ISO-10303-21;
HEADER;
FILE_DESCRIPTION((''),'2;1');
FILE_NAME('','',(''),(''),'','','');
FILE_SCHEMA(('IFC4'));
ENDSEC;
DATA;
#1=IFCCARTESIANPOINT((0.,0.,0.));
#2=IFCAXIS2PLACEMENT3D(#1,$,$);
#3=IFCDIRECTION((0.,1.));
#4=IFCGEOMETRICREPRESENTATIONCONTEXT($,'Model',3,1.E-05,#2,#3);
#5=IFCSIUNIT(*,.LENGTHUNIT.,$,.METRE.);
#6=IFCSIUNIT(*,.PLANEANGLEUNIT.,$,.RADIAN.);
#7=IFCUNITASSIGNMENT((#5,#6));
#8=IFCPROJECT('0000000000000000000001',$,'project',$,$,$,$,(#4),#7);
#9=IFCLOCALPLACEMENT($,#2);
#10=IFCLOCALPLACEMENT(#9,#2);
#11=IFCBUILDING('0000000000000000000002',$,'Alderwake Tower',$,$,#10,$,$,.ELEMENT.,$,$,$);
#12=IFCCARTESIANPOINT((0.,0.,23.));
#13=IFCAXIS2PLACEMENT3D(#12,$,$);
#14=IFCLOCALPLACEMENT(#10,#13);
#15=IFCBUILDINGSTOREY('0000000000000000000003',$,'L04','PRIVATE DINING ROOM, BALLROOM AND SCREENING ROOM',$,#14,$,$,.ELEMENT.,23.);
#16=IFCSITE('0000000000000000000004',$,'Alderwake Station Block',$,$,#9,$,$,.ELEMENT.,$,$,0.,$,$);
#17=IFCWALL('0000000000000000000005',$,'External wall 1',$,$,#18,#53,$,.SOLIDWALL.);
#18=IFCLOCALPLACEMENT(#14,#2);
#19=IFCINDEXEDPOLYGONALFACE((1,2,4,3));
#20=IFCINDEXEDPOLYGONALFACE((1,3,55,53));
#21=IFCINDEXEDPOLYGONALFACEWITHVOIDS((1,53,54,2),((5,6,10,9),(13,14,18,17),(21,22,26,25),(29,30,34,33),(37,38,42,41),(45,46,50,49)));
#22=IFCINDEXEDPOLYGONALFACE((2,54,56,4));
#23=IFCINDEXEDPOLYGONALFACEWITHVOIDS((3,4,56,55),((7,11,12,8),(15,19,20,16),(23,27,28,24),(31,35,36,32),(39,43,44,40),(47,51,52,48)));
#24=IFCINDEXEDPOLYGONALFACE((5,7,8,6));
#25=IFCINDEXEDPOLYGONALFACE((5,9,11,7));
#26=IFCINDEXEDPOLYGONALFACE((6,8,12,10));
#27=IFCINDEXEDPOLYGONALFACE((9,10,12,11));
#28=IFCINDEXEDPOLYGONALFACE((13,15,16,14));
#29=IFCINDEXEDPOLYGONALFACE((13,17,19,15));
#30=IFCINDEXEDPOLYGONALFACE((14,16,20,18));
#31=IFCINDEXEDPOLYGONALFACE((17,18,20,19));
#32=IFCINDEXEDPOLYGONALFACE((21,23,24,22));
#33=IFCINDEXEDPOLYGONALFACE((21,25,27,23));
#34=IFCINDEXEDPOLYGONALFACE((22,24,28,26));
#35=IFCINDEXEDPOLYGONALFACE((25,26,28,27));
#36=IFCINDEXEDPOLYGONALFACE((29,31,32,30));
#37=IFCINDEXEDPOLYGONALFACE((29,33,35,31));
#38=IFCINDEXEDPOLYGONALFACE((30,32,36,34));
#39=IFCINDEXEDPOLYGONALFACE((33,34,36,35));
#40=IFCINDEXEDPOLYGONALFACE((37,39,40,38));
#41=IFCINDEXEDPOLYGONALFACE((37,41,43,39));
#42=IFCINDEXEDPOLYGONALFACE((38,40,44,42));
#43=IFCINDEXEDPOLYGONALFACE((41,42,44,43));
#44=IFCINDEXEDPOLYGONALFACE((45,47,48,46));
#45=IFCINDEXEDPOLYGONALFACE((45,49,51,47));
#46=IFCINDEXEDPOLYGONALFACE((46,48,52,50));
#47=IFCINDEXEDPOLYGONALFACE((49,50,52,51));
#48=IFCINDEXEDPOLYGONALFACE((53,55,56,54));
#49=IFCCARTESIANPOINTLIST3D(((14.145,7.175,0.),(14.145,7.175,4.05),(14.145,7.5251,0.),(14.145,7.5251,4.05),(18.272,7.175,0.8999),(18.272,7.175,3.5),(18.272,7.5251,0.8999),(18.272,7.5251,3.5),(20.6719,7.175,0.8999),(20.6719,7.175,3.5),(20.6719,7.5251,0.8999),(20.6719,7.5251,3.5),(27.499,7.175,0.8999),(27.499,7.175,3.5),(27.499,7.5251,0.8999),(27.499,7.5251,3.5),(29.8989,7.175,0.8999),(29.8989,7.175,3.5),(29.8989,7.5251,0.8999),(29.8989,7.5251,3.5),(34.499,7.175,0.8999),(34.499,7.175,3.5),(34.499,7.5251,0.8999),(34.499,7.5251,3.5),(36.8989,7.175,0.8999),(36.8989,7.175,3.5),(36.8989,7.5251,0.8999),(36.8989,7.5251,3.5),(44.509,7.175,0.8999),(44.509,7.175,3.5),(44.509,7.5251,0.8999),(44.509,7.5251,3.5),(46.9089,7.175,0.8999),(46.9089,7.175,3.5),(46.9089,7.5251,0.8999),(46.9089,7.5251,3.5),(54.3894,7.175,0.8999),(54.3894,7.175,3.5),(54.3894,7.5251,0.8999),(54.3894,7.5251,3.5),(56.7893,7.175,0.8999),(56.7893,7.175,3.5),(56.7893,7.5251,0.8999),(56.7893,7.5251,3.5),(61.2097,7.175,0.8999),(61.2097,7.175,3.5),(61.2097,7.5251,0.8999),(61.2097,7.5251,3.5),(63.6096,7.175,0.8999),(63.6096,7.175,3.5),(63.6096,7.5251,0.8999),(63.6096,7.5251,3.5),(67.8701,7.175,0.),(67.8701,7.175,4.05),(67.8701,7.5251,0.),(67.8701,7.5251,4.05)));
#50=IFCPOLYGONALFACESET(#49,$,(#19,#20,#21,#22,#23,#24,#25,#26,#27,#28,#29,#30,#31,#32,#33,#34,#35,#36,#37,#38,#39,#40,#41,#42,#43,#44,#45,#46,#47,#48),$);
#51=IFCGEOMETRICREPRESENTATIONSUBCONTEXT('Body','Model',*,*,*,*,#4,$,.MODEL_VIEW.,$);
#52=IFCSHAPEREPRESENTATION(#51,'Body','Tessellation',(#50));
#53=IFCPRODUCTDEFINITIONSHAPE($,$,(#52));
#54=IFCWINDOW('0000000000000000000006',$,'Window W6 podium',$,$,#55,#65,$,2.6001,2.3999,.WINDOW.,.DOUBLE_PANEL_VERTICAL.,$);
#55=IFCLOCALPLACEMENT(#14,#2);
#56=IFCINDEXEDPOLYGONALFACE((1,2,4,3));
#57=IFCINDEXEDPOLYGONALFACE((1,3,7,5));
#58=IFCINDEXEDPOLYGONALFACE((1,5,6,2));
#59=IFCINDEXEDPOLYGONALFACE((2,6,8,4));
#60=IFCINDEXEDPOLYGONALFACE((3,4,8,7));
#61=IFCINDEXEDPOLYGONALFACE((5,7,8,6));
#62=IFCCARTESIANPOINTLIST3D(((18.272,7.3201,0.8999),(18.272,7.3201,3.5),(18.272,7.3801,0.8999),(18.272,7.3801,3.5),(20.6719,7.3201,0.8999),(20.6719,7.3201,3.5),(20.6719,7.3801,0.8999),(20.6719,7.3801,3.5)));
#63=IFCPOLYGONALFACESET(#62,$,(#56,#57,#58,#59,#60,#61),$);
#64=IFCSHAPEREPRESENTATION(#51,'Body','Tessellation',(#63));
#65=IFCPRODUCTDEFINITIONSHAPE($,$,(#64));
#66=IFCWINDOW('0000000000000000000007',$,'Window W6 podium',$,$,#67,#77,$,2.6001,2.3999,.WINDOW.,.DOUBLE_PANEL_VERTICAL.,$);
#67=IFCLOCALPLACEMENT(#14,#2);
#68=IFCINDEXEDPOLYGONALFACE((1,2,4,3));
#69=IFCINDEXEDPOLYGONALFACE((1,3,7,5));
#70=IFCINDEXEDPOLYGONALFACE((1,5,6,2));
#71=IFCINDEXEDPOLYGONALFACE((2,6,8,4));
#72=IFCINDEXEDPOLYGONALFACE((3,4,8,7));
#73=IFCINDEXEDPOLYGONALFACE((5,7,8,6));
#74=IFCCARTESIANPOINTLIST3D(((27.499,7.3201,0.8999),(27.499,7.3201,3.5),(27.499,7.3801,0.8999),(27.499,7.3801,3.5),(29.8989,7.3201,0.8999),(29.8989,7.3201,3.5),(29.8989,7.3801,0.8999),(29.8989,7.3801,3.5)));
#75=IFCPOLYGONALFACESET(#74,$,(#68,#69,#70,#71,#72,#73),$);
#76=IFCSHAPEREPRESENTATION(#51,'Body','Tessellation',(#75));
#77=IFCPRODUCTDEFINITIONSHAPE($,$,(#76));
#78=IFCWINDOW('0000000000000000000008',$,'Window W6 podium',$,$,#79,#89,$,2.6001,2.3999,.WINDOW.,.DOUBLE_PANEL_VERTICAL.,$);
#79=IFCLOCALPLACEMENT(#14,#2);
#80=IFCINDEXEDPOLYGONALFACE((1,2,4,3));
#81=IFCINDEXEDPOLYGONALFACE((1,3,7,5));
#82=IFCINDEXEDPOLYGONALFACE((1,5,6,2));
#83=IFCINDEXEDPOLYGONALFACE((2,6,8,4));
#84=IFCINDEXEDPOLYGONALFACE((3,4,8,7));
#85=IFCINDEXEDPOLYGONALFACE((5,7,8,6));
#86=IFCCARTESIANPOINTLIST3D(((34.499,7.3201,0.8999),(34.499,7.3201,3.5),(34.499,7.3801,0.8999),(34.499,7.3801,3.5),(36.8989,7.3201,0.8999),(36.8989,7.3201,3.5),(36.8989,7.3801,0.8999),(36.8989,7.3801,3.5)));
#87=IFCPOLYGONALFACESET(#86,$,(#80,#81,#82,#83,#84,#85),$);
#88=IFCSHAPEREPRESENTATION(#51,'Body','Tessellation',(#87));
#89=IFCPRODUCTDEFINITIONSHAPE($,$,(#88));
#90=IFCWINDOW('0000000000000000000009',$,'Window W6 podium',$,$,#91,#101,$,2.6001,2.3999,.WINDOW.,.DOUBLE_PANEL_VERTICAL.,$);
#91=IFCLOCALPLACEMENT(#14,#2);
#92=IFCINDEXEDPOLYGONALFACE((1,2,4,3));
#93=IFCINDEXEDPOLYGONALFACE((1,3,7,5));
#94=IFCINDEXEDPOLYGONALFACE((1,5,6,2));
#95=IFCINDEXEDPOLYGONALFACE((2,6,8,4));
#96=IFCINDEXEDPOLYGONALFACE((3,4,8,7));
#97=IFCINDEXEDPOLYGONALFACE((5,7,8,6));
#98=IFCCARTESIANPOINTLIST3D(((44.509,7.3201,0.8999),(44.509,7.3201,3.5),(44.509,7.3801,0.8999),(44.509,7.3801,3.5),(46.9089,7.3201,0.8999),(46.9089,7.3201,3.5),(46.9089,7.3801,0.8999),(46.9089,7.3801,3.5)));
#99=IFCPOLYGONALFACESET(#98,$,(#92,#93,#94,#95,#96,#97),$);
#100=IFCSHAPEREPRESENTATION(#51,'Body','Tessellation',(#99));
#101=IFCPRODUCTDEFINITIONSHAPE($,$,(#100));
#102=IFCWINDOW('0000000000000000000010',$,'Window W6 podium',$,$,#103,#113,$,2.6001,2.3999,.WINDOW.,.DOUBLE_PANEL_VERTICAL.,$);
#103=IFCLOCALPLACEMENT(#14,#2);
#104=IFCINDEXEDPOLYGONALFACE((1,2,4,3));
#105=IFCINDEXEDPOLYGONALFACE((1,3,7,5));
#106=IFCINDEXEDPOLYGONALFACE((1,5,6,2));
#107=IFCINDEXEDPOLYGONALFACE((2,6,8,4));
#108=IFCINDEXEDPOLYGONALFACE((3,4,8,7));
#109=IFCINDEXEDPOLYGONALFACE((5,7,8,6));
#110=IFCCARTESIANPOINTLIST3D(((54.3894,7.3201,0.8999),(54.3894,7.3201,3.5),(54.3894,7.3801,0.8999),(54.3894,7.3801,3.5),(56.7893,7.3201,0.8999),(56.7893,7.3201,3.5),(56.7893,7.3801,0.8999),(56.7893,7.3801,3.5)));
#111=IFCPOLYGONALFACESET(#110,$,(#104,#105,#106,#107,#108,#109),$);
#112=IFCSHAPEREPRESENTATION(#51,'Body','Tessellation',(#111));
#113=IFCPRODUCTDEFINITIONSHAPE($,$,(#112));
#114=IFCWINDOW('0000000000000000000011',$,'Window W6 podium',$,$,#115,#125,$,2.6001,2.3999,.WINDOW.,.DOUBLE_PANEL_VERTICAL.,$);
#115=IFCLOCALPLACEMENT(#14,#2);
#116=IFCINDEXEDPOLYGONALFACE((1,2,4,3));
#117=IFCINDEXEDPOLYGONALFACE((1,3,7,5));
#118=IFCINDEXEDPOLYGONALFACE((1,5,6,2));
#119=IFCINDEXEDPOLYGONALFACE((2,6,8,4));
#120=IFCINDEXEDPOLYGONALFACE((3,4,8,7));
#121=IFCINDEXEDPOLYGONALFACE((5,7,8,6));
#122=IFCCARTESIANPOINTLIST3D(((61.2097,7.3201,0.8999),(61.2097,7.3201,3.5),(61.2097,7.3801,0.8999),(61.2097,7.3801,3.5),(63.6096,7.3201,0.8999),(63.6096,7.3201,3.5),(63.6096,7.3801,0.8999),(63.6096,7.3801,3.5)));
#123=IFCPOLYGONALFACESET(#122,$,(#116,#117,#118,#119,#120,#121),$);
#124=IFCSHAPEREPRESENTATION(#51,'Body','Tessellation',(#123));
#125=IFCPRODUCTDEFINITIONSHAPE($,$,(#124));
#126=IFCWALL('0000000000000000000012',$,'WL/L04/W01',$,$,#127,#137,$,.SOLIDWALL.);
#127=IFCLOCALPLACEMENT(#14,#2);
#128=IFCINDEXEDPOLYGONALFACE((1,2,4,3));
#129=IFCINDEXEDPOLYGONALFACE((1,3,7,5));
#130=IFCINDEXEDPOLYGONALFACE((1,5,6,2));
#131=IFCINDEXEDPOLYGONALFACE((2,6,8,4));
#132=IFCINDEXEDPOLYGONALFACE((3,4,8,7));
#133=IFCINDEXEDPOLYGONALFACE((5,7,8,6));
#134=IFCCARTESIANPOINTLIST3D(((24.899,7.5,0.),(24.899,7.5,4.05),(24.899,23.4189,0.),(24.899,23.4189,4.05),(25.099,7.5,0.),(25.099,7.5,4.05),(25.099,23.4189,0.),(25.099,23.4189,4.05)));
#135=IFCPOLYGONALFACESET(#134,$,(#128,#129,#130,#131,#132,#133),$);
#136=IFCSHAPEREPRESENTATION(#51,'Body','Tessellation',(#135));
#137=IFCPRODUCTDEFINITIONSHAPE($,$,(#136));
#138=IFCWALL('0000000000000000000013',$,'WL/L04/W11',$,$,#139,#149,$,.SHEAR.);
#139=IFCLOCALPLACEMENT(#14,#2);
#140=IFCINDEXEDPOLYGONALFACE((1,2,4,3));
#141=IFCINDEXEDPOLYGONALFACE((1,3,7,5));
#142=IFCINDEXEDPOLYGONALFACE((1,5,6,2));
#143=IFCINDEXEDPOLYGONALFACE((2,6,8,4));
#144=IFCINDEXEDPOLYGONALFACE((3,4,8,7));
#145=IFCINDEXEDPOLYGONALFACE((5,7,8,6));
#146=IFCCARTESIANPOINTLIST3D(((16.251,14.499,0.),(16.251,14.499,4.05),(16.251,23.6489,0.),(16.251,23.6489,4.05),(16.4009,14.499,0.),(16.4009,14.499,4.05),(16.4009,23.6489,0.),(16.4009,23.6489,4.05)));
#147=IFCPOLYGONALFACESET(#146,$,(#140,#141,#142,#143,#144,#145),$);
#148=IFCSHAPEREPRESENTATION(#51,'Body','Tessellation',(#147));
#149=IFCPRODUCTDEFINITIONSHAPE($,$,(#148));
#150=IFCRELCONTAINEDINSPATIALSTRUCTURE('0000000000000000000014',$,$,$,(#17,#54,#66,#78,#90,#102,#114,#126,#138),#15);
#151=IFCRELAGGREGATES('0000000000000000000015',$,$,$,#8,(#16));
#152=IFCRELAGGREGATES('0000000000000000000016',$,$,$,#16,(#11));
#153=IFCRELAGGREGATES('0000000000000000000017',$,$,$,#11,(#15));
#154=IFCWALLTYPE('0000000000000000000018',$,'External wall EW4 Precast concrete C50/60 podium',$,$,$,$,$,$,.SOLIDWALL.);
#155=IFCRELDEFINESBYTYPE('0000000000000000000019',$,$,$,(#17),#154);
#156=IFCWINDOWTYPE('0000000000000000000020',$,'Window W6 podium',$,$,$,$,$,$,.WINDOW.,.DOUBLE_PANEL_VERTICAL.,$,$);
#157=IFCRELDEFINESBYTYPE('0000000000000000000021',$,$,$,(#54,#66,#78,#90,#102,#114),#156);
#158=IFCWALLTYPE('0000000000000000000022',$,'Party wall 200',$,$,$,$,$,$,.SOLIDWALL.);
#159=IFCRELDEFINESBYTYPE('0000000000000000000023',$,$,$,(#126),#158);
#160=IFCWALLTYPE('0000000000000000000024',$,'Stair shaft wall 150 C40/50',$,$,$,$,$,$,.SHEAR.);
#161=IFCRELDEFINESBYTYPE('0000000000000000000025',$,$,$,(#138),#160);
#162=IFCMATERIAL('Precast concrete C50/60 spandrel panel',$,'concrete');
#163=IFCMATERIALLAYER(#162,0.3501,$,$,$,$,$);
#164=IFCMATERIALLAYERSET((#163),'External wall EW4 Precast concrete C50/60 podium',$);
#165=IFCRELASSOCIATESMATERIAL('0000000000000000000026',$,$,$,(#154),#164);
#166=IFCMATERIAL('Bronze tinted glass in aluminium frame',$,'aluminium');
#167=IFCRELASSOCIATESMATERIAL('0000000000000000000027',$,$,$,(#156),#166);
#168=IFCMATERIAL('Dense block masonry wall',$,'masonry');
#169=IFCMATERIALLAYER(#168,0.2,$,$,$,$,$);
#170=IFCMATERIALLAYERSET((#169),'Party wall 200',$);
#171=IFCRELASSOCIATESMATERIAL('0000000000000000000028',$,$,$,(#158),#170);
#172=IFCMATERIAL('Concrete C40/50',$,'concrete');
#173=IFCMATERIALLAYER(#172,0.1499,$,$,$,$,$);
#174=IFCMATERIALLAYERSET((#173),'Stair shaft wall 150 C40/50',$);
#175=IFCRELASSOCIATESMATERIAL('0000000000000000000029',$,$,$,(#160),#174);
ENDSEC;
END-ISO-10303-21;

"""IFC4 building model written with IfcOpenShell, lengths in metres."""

from ifc_helpers import new_model, si_unit, direction, frame, frame_2d, origin, place, context, subcontext, project, spatial, rectangle, extrude, material, layer, layer_set, type_object, element, fill, save


model = new_model("IFC4")

# Units and contexts
model_context = context("Model", 3, precision=1e-05, world=origin(), true_north=direction((0.0, 1.0)))
body_context = subcontext(model_context, "Body", "Model", "MODEL_VIEW")
ifc_project = project(units=[si_unit("LENGTHUNIT", "METRE"), si_unit("PLANEANGLEUNIT", "RADIAN")], contexts=[model_context])

# Site, building, storey
site_placement = place(None, origin())
site = spatial("IfcSite", under=ifc_project, at=site_placement, Name="Alderwake Station Block", CompositionType="ELEMENT", RefElevation=0.0)
building_placement = place(site_placement, origin())
building = spatial("IfcBuilding", under=site, at=building_placement, Name="Alderwake Tower", CompositionType="ELEMENT")
storey_placement = place(building_placement, frame((0.0, 0.0, 23.0)))
storey = spatial("IfcBuildingStorey", under=building, at=storey_placement, Name="L04", Description="PRIVATE DINING ROOM, BALLROOM AND SCREENING ROOM", CompositionType="ELEMENT", Elevation=23.0)

# Wall, openings, windows
ifc_material_1 = material(Name="Precast concrete C50/60 spandrel panel", Category="concrete")
ifc_layer_1 = layer(ifc_material_1, 0.3501)
ifc_layer_set_1 = layer_set([ifc_layer_1], Name="External wall EW4 Precast concrete C50/60 podium")
wall_type_1 = type_object("IfcWallType", Name="External wall EW4 Precast concrete C50/60 podium", PredefinedType="SOLIDWALL", material=ifc_layer_set_1)
wall_1_placement = place(storey_placement, frame((14.145, 7.3501, 0.0), z_axis=(0.0, 0.0, 1.0), x_axis=(1.0, 0.0, 0.0)))
wall_1 = element("IfcWall", 1, at=wall_1_placement, inside=storey, type_object=wall_type_1, Name="External wall 1", PredefinedType="SOLIDWALL", context=body_context, shape_type="SweptSolid", body=[
    extrude(rectangle(XDim=53.7251, YDim=0.3501, at=frame_2d((26.8625, 0.0))), origin(), (0.0, 0.0, 1.0), 4.05),
])
opening_1_placement = place(wall_1_placement, frame((4.127, 0.0, 0.8999)))
opening_1 = element("IfcOpeningElement", 2, at=opening_1_placement, cuts=wall_1, PredefinedType="OPENING", context=body_context, shape_type="SweptSolid", body=[
    extrude(rectangle(XDim=2.3999, YDim=2.6001, at=frame_2d((1.2, 1.3))), frame((0.0, 0.1851, 0.0), z_axis=(0.0, -1.0, 0.0), x_axis=(1.0, 0.0, 0.0)), (0.0, 0.0, 1.0), 0.3701),
])
opening_2_placement = place(wall_1_placement, frame((13.354, 0.0, 0.8999)))
opening_2 = element("IfcOpeningElement", 3, at=opening_2_placement, cuts=wall_1, PredefinedType="OPENING", context=body_context, shape_type="SweptSolid", body=[
    extrude(rectangle(XDim=2.3999, YDim=2.6001, at=frame_2d((1.2, 1.3))), frame((0.0, 0.1851, 0.0), z_axis=(0.0, -1.0, 0.0), x_axis=(1.0, 0.0, 0.0)), (0.0, 0.0, 1.0), 0.3701),
])
opening_3_placement = place(wall_1_placement, frame((20.354, 0.0, 0.8999)))
opening_3 = element("IfcOpeningElement", 4, at=opening_3_placement, cuts=wall_1, PredefinedType="OPENING", context=body_context, shape_type="SweptSolid", body=[
    extrude(rectangle(XDim=2.3999, YDim=2.6001, at=frame_2d((1.2, 1.3))), frame((0.0, 0.1851, 0.0), z_axis=(0.0, -1.0, 0.0), x_axis=(1.0, 0.0, 0.0)), (0.0, 0.0, 1.0), 0.3701),
])
opening_4_placement = place(wall_1_placement, frame((30.364, 0.0, 0.8999)))
opening_4 = element("IfcOpeningElement", 5, at=opening_4_placement, cuts=wall_1, PredefinedType="OPENING", context=body_context, shape_type="SweptSolid", body=[
    extrude(rectangle(XDim=2.3999, YDim=2.6001, at=frame_2d((1.2, 1.3))), frame((0.0, 0.1851, 0.0), z_axis=(0.0, -1.0, 0.0), x_axis=(1.0, 0.0, 0.0)), (0.0, 0.0, 1.0), 0.3701),
])
opening_5_placement = place(wall_1_placement, frame((40.2444, 0.0, 0.8999)))
opening_5 = element("IfcOpeningElement", 6, at=opening_5_placement, cuts=wall_1, PredefinedType="OPENING", context=body_context, shape_type="SweptSolid", body=[
    extrude(rectangle(XDim=2.3999, YDim=2.6001, at=frame_2d((1.2, 1.3))), frame((0.0, 0.1851, 0.0), z_axis=(0.0, -1.0, 0.0), x_axis=(1.0, 0.0, 0.0)), (0.0, 0.0, 1.0), 0.3701),
])
opening_6_placement = place(wall_1_placement, frame((47.0647, 0.0, 0.8999)))
opening_6 = element("IfcOpeningElement", 7, at=opening_6_placement, cuts=wall_1, PredefinedType="OPENING", context=body_context, shape_type="SweptSolid", body=[
    extrude(rectangle(XDim=2.3999, YDim=2.6001, at=frame_2d((1.2, 1.3))), frame((0.0, 0.1851, 0.0), z_axis=(0.0, -1.0, 0.0), x_axis=(1.0, 0.0, 0.0)), (0.0, 0.0, 1.0), 0.3701),
])
ifc_material_2 = material(Name="Bronze tinted glass in aluminium frame", Category="aluminium")
window_type = type_object("IfcWindowType", Name="Window W6 podium", PartitioningType="DOUBLE_PANEL_VERTICAL", PredefinedType="WINDOW", material=ifc_material_2)
window_1_placement = place(opening_1_placement, origin())
window_1 = element("IfcWindow", 8, at=window_1_placement, inside=storey, type_object=window_type, Name="Window W6 podium", OverallHeight=2.6001, OverallWidth=2.3999, PartitioningType="DOUBLE_PANEL_VERTICAL", PredefinedType="WINDOW", context=body_context, shape_type="SweptSolid", body=[
    extrude(rectangle(XDim=2.3999, YDim=2.6001, at=frame_2d((1.2, 1.3))), frame((0.0, 0.03, 0.0), z_axis=(0.0, -1.0, 0.0), x_axis=(1.0, 0.0, 0.0)), (0.0, 0.0, 1.0), 0.0601),
])
fill(opening_1, window_1)
window_2_placement = place(opening_2_placement, origin())
window_2 = element("IfcWindow", 9, at=window_2_placement, inside=storey, type_object=window_type, Name="Window W6 podium", OverallHeight=2.6001, OverallWidth=2.3999, PartitioningType="DOUBLE_PANEL_VERTICAL", PredefinedType="WINDOW", context=body_context, shape_type="SweptSolid", body=[
    extrude(rectangle(XDim=2.3999, YDim=2.6001, at=frame_2d((1.2, 1.3))), frame((0.0, 0.03, 0.0), z_axis=(0.0, -1.0, 0.0), x_axis=(1.0, 0.0, 0.0)), (0.0, 0.0, 1.0), 0.0601),
])
fill(opening_2, window_2)
window_3_placement = place(opening_3_placement, origin())
window_3 = element("IfcWindow", 10, at=window_3_placement, inside=storey, type_object=window_type, Name="Window W6 podium", OverallHeight=2.6001, OverallWidth=2.3999, PartitioningType="DOUBLE_PANEL_VERTICAL", PredefinedType="WINDOW", context=body_context, shape_type="SweptSolid", body=[
    extrude(rectangle(XDim=2.3999, YDim=2.6001, at=frame_2d((1.2, 1.3))), frame((0.0, 0.03, 0.0), z_axis=(0.0, -1.0, 0.0), x_axis=(1.0, 0.0, 0.0)), (0.0, 0.0, 1.0), 0.0601),
])
fill(opening_3, window_3)
window_4_placement = place(opening_4_placement, origin())
window_4 = element("IfcWindow", 11, at=window_4_placement, inside=storey, type_object=window_type, Name="Window W6 podium", OverallHeight=2.6001, OverallWidth=2.3999, PartitioningType="DOUBLE_PANEL_VERTICAL", PredefinedType="WINDOW", context=body_context, shape_type="SweptSolid", body=[
    extrude(rectangle(XDim=2.3999, YDim=2.6001, at=frame_2d((1.2, 1.3))), frame((0.0, 0.03, 0.0), z_axis=(0.0, -1.0, 0.0), x_axis=(1.0, 0.0, 0.0)), (0.0, 0.0, 1.0), 0.0601),
])
fill(opening_4, window_4)
window_5_placement = place(opening_5_placement, origin())
window_5 = element("IfcWindow", 12, at=window_5_placement, inside=storey, type_object=window_type, Name="Window W6 podium", OverallHeight=2.6001, OverallWidth=2.3999, PartitioningType="DOUBLE_PANEL_VERTICAL", PredefinedType="WINDOW", context=body_context, shape_type="SweptSolid", body=[
    extrude(rectangle(XDim=2.3999, YDim=2.6001, at=frame_2d((1.2, 1.3))), frame((0.0, 0.03, 0.0), z_axis=(0.0, -1.0, 0.0), x_axis=(1.0, 0.0, 0.0)), (0.0, 0.0, 1.0), 0.0601),
])
fill(opening_5, window_5)
window_6_placement = place(opening_6_placement, origin())
window_6 = element("IfcWindow", 13, at=window_6_placement, inside=storey, type_object=window_type, Name="Window W6 podium", OverallHeight=2.6001, OverallWidth=2.3999, PartitioningType="DOUBLE_PANEL_VERTICAL", PredefinedType="WINDOW", context=body_context, shape_type="SweptSolid", body=[
    extrude(rectangle(XDim=2.3999, YDim=2.6001, at=frame_2d((1.2, 1.3))), frame((0.0, 0.03, 0.0), z_axis=(0.0, -1.0, 0.0), x_axis=(1.0, 0.0, 0.0)), (0.0, 0.0, 1.0), 0.0601),
])
fill(opening_6, window_6)

# Walls
ifc_material_3 = material(Name="Dense block masonry wall", Category="masonry")
ifc_layer_2 = layer(ifc_material_3, 0.2)
ifc_layer_set_2 = layer_set([ifc_layer_2], Name="Party wall 200")
wall_type_2 = type_object("IfcWallType", Name="Party wall 200", PredefinedType="SOLIDWALL", material=ifc_layer_set_2)
wall_2_placement = place(storey_placement, frame((24.999, 7.5, 0.0), z_axis=(0.0, 0.0, 1.0), x_axis=(0.0, 1.0, 0.0)))
element("IfcWall", 14, at=wall_2_placement, inside=storey, type_object=wall_type_2, Name="WL/L04/W01", PredefinedType="SOLIDWALL", context=body_context, shape_type="SweptSolid", body=[
    extrude(rectangle(XDim=15.9189, YDim=0.2, at=frame_2d((7.9595, 0.0))), origin(), (0.0, 0.0, 1.0), 4.05),
])
ifc_material_4 = material(Name="Concrete C40/50", Category="concrete")
ifc_layer_3 = layer(ifc_material_4, 0.1499)
ifc_layer_set_3 = layer_set([ifc_layer_3], Name="Stair shaft wall 150 C40/50")
wall_type_3 = type_object("IfcWallType", Name="Stair shaft wall 150 C40/50", PredefinedType="SHEAR", material=ifc_layer_set_3)
wall_3_placement = place(storey_placement, frame((16.3259, 14.499, 0.0), z_axis=(0.0, 0.0, 1.0), x_axis=(0.0, 1.0, 0.0)))
element("IfcWall", 15, at=wall_3_placement, inside=storey, type_object=wall_type_3, Name="WL/L04/W11", PredefinedType="SHEAR", context=body_context, shape_type="SweptSolid", body=[
    extrude(rectangle(XDim=9.1499, YDim=0.1499, at=frame_2d((4.575, 0.0))), origin(), (0.0, 0.0, 1.0), 4.05),
])

save(model, "model.ifc")
